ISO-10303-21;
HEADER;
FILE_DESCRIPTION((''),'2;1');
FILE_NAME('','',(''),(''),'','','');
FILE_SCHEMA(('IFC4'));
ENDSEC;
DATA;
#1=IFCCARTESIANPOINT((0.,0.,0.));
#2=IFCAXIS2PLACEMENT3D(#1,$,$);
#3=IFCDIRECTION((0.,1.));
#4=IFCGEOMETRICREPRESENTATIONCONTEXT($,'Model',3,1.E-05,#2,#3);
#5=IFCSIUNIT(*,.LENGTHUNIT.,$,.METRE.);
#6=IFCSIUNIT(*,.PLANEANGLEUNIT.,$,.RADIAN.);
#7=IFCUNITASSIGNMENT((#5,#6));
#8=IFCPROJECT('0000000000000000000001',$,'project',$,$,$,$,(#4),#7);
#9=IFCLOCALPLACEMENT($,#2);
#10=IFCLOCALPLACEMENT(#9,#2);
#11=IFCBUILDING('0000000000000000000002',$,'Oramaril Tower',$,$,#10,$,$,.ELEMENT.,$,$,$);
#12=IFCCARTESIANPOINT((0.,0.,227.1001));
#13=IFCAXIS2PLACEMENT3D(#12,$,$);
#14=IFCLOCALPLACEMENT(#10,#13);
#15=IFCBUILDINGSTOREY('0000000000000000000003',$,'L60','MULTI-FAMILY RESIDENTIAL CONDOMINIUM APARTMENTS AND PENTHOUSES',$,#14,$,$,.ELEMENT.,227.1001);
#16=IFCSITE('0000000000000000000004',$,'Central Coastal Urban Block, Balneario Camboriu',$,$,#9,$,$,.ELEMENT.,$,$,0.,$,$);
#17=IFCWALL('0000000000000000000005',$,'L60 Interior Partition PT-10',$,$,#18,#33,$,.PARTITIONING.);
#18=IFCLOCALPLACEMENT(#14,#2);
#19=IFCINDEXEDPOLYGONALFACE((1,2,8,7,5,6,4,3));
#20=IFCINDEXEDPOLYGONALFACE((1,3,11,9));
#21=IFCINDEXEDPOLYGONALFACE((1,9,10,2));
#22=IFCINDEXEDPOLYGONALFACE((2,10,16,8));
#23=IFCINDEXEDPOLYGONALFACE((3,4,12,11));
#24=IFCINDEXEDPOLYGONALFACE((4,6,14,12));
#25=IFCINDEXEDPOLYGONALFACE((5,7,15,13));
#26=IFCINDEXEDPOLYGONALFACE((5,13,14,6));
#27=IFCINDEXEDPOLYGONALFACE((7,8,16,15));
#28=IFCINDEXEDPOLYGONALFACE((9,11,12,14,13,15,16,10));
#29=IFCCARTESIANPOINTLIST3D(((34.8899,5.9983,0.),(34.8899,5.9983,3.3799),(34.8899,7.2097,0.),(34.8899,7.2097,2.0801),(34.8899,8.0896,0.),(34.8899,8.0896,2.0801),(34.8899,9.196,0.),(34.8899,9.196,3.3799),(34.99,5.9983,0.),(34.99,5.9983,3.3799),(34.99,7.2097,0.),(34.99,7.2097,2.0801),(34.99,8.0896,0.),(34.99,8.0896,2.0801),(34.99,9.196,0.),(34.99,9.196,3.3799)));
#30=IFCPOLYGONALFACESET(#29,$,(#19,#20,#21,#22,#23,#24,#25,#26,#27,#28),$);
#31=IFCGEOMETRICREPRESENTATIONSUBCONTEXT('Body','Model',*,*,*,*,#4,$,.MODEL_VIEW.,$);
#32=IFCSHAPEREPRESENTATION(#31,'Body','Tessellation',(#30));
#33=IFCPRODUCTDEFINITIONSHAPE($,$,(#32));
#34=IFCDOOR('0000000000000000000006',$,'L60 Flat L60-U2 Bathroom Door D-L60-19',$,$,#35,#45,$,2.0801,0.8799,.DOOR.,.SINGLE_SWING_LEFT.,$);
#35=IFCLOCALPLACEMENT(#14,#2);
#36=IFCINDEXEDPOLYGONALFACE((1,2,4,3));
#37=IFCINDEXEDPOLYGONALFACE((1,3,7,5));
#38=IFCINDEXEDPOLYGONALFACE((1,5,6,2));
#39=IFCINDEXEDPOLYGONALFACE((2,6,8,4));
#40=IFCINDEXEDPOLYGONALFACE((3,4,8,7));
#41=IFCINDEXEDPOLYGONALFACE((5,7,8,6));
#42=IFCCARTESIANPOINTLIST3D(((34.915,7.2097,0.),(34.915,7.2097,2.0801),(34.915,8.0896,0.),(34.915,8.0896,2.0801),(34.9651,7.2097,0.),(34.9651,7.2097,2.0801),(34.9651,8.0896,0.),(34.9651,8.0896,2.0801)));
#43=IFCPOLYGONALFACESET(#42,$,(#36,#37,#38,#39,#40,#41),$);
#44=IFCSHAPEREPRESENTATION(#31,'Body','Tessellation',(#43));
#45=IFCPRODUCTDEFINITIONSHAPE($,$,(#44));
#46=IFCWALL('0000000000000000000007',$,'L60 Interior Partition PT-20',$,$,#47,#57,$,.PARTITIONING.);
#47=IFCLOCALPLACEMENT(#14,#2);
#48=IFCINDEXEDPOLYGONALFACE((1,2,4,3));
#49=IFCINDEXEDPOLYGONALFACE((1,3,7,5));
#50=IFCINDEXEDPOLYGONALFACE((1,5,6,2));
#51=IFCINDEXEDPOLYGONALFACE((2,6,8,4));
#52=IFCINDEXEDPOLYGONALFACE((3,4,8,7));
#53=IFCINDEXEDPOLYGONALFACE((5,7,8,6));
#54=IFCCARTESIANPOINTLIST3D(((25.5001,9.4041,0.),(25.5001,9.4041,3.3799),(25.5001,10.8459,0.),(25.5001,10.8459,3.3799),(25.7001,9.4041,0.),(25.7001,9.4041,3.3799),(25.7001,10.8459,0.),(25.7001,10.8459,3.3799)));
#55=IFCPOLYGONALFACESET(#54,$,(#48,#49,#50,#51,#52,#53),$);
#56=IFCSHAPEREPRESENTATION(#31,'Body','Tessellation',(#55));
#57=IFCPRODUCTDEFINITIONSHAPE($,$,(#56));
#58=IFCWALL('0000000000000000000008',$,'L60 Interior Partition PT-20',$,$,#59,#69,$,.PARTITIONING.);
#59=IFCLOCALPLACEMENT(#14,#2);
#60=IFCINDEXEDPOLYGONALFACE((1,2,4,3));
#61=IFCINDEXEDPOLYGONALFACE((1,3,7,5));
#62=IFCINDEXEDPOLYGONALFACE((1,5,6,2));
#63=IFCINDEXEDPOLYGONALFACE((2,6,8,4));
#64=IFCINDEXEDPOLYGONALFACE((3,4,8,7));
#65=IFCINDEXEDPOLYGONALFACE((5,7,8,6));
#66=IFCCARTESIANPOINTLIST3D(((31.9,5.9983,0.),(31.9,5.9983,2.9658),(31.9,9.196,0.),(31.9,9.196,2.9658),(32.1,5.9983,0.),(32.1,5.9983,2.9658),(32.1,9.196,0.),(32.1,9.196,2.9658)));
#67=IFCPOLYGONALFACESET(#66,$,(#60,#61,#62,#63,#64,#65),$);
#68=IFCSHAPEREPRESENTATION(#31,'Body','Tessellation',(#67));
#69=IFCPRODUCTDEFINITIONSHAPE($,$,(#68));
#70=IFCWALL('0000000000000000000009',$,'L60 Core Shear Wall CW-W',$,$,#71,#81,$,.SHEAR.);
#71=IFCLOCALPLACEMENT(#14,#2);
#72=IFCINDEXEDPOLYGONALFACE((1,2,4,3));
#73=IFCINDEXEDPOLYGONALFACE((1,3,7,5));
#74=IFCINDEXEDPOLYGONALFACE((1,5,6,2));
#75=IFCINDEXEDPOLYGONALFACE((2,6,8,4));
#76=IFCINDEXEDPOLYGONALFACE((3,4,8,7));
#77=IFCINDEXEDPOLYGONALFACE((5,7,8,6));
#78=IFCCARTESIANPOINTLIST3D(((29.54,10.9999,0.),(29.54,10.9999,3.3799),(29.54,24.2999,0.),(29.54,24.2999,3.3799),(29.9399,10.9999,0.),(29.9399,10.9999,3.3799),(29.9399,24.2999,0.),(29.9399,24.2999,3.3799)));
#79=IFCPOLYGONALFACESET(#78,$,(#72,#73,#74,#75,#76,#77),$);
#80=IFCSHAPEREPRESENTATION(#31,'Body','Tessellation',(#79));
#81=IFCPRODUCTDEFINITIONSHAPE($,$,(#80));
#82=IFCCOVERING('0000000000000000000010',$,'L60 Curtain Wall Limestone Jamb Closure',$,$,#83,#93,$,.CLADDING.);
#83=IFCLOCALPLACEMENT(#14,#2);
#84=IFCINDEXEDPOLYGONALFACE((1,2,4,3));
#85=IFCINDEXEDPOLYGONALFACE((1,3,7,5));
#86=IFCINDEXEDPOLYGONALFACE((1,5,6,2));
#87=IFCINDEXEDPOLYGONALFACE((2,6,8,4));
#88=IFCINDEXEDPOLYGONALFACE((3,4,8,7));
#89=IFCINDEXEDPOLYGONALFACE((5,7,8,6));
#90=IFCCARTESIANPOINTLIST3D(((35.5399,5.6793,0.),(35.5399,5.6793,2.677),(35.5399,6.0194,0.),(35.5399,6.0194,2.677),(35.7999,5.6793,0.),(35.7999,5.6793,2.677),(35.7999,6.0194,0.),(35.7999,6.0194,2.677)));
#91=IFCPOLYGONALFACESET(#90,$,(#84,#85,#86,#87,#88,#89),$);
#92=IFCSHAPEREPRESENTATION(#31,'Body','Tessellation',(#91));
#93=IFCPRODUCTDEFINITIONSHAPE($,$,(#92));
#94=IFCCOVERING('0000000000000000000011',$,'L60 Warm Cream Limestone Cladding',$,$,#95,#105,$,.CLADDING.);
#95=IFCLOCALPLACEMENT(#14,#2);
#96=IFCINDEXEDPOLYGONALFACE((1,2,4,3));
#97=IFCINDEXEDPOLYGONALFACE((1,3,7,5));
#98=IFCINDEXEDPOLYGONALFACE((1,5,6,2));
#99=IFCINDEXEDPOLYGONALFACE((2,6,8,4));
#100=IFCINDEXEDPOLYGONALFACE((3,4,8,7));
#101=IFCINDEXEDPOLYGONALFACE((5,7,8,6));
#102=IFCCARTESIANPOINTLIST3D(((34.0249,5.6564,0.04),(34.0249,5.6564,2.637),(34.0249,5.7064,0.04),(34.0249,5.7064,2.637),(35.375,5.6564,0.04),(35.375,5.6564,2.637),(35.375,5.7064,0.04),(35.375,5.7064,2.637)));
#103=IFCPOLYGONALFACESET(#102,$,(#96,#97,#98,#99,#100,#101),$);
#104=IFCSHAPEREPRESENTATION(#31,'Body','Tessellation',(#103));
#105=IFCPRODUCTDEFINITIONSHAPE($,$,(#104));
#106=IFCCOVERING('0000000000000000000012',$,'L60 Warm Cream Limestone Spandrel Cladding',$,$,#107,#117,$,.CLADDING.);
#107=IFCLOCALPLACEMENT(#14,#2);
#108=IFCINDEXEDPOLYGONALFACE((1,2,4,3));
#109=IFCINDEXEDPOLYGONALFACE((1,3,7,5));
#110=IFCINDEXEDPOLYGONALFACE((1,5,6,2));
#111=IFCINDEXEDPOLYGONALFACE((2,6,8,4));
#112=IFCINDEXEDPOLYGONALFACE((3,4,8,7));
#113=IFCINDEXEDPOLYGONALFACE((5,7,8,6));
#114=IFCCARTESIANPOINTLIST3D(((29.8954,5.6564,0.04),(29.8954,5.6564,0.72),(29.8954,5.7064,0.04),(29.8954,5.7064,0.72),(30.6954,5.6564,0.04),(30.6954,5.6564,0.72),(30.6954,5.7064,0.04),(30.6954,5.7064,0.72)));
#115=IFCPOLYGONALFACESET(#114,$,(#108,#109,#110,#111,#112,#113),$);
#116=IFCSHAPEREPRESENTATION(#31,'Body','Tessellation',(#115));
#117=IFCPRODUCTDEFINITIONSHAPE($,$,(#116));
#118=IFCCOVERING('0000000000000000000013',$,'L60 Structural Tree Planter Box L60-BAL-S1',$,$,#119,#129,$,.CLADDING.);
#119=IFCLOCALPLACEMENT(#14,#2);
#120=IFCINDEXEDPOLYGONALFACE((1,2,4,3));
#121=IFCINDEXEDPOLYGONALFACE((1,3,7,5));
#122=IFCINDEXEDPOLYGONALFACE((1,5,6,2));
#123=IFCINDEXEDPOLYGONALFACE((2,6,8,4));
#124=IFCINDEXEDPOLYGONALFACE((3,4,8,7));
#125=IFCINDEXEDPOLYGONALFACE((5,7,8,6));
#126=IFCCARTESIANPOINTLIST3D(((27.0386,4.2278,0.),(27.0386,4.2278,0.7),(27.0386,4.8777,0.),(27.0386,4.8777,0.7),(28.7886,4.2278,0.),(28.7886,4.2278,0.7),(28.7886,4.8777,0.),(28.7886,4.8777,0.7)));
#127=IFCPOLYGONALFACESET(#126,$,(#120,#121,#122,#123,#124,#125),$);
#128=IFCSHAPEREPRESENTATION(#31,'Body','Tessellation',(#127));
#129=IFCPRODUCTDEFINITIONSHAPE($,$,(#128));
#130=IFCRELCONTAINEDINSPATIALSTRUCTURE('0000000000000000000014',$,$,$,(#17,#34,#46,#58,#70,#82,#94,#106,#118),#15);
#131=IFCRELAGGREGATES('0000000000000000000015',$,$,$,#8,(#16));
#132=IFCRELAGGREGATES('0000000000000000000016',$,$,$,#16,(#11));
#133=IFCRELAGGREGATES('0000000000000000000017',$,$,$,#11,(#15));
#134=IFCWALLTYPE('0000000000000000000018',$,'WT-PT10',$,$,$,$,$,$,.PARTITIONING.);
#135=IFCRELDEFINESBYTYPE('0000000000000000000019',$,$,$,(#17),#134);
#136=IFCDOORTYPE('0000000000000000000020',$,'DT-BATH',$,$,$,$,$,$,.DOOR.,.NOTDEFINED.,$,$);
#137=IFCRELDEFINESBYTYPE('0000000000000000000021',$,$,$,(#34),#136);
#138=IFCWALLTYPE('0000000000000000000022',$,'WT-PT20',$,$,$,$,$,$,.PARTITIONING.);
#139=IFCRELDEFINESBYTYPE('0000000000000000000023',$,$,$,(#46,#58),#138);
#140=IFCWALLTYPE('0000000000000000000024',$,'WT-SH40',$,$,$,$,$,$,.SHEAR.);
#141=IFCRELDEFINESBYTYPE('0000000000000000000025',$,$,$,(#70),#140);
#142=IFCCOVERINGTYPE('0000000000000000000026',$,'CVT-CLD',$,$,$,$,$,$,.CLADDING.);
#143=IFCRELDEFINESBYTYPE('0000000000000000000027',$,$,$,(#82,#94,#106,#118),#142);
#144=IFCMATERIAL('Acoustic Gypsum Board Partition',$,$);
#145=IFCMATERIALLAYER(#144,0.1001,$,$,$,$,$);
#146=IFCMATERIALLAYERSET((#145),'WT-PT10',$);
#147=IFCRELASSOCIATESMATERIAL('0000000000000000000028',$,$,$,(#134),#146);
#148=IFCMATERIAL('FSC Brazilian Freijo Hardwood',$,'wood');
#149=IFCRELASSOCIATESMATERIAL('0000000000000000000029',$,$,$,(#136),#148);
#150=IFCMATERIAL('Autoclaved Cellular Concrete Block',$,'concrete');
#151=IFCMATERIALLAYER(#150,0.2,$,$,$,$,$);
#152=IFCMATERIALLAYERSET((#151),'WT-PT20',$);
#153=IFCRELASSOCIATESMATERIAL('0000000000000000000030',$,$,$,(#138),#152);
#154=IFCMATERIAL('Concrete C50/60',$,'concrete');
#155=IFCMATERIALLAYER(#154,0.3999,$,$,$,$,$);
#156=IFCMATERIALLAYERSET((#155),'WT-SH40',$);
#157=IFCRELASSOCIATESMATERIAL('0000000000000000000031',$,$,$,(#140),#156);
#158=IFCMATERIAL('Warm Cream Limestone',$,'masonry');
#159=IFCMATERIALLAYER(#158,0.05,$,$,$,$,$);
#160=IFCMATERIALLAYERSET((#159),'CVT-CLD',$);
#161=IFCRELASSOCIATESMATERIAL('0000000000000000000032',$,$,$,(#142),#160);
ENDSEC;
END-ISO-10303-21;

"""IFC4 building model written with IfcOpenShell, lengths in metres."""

from ifc_helpers import new_model, si_unit, direction, frame, frame_2d, origin, origin_2d, place, context, subcontext, project, spatial, rectangle, extrude, material, layer, layer_set, type_object, element, fill, save


model = new_model("IFC4")

# Units and contexts
model_context = context("Model", 3, precision=1e-05, world=origin(), true_north=direction((0.0, 1.0)))
body_context = subcontext(model_context, "Body", "Model", "MODEL_VIEW")
ifc_project = project(units=[si_unit("LENGTHUNIT", "METRE"), si_unit("PLANEANGLEUNIT", "RADIAN")], contexts=[model_context])

# Site, building, storey
site_placement = place(None, origin())
site = spatial("IfcSite", under=ifc_project, at=site_placement, Name="Central Coastal Urban Block, Balneario Camboriu", CompositionType="ELEMENT", RefElevation=0.0)
building_placement = place(site_placement, origin())
building = spatial("IfcBuilding", under=site, at=building_placement, Name="Oramaril Tower", CompositionType="ELEMENT")
storey_placement = place(building_placement, frame((0.0, 0.0, 227.1001)))
storey = spatial("IfcBuildingStorey", under=building, at=storey_placement, Name="L60", Description="MULTI-FAMILY RESIDENTIAL CONDOMINIUM APARTMENTS AND PENTHOUSES", CompositionType="ELEMENT", Elevation=227.1001)

# Wall, opening, door
ifc_material_1 = material(Name="Acoustic Gypsum Board Partition")
ifc_layer_1 = layer(ifc_material_1, 0.1001)
ifc_layer_set_1 = layer_set([ifc_layer_1], Name="WT-PT10")
wall_type_1 = type_object("IfcWallType", Name="WT-PT10", PredefinedType="PARTITIONING", material=ifc_layer_set_1)
wall_1_placement = place(storey_placement, frame((34.9399, 5.9983, 0.0), z_axis=(0.0, 0.0, 1.0), x_axis=(0.0, 1.0, 0.0)))
wall_1 = element("IfcWall", 1, at=wall_1_placement, inside=storey, type_object=wall_type_1, Name="L60 Interior Partition PT-10", PredefinedType="PARTITIONING", context=body_context, shape_type="SweptSolid", body=[
    extrude(rectangle(XDim=3.1978, YDim=0.1001, at=frame_2d((1.5989, 0.0))), origin(), (0.0, 0.0, 1.0), 3.3799),
])
opening_placement = place(wall_1_placement, frame((1.2114, 0.0, 0.0)))
opening = element("IfcOpeningElement", 2, at=opening_placement, cuts=wall_1, PredefinedType="OPENING", context=body_context, shape_type="SweptSolid", body=[
    extrude(rectangle(XDim=0.8799, YDim=2.0801, at=frame_2d((0.4399, 1.04))), frame((0.0, 0.05, 0.0), z_axis=(0.0, -1.0, 0.0), x_axis=(1.0, 0.0, 0.0)), (0.0, 0.0, 1.0), 0.1001),
])
ifc_material_2 = material(Name="FSC Brazilian Freijo Hardwood", Category="wood")
door_type = type_object("IfcDoorType", Name="DT-BATH", OperationType="NOTDEFINED", PredefinedType="DOOR", material=ifc_material_2)
door_placement = place(opening_placement, origin())
door = element("IfcDoor", 3, at=door_placement, inside=storey, type_object=door_type, Name="L60 Flat L60-U2 Bathroom Door D-L60-19", OperationType="SINGLE_SWING_LEFT", OverallHeight=2.0801, OverallWidth=0.8799, PredefinedType="DOOR", context=body_context, shape_type="SweptSolid", body=[
    extrude(rectangle(XDim=0.8799, YDim=2.0801, at=frame_2d((0.4399, 1.04))), frame((0.0, 0.0249, 0.0), z_axis=(0.0, -1.0, 0.0), x_axis=(1.0, 0.0, 0.0)), (0.0, 0.0, 1.0), 0.05),
])
fill(opening, door)

# Walls
ifc_material_3 = material(Name="Autoclaved Cellular Concrete Block", Category="concrete")
ifc_layer_2 = layer(ifc_material_3, 0.2)
ifc_layer_set_2 = layer_set([ifc_layer_2], Name="WT-PT20")
wall_type_2 = type_object("IfcWallType", Name="WT-PT20", PredefinedType="PARTITIONING", material=ifc_layer_set_2)
wall_2_placement = place(storey_placement, frame((25.6001, 9.4041, 0.0), z_axis=(0.0, 0.0, 1.0), x_axis=(0.0, 1.0, 0.0)))
element("IfcWall", 4, at=wall_2_placement, inside=storey, type_object=wall_type_2, Name="L60 Interior Partition PT-20", PredefinedType="PARTITIONING", context=body_context, shape_type="SweptSolid", body=[
    extrude(rectangle(XDim=1.4419, YDim=0.2, at=frame_2d((0.7209, 0.0))), origin(), (0.0, 0.0, 1.0), 3.3799),
])
wall_3_placement = place(storey_placement, frame((32.0, 5.9983, 0.0), z_axis=(0.0, 0.0, 1.0), x_axis=(0.0, 1.0, 0.0)))
element("IfcWall", 5, at=wall_3_placement, inside=storey, type_object=wall_type_2, Name="L60 Interior Partition PT-20", PredefinedType="PARTITIONING", context=body_context, shape_type="SweptSolid", body=[
    extrude(rectangle(XDim=3.1978, YDim=0.2, at=frame_2d((1.5989, 0.0))), origin(), (0.0, 0.0, 1.0), 2.9658),
])
ifc_material_4 = material(Name="Concrete C50/60", Category="concrete")
ifc_layer_3 = layer(ifc_material_4, 0.3999)
ifc_layer_set_3 = layer_set([ifc_layer_3], Name="WT-SH40")
wall_type_3 = type_object("IfcWallType", Name="WT-SH40", PredefinedType="SHEAR", material=ifc_layer_set_3)
wall_4_placement = place(storey_placement, frame((29.74, 11.0, 0.0), z_axis=(0.0, 0.0, 1.0), x_axis=(0.0, 1.0, 0.0)))
element("IfcWall", 6, at=wall_4_placement, inside=storey, type_object=wall_type_3, Name="L60 Core Shear Wall CW-W", PredefinedType="SHEAR", context=body_context, shape_type="SweptSolid", body=[
    extrude(rectangle(XDim=13.3, YDim=0.3999, at=frame_2d((6.6499, 0.0))), origin(), (0.0, 0.0, 1.0), 3.3799),
])

# Coverings
ifc_material_5 = material(Name="Warm Cream Limestone", Category="masonry")
ifc_layer_4 = layer(ifc_material_5, 0.05)
ifc_layer_set_4 = layer_set([ifc_layer_4], Name="CVT-CLD")
covering_type = type_object("IfcCoveringType", Name="CVT-CLD", PredefinedType="CLADDING", material=ifc_layer_set_4)
covering_1_placement = place(storey_placement, frame((35.6699, 5.8494, 0.0), z_axis=(0.0, 0.0, 1.0), x_axis=(1.0, 0.0, 0.0)))
element("IfcCovering", 7, at=covering_1_placement, inside=storey, type_object=covering_type, Name="L60 Curtain Wall Limestone Jamb Closure", PredefinedType="CLADDING", context=body_context, shape_type="SweptSolid", body=[
    extrude(rectangle(XDim=0.26, YDim=0.3401, at=origin_2d()), origin(), (0.0, 0.0, 1.0), 2.677),
])
covering_2_placement = place(storey_placement, frame((34.7, 5.6814, 0.04), z_axis=(0.0, 0.0, 1.0), x_axis=(1.0, 0.0, 0.0)))
element("IfcCovering", 8, at=covering_2_placement, inside=storey, type_object=covering_type, Name="L60 Warm Cream Limestone Cladding", PredefinedType="CLADDING", context=body_context, shape_type="SweptSolid", body=[
    extrude(rectangle(XDim=1.3501, YDim=0.05, at=origin_2d()), origin(), (0.0, 0.0, 1.0), 2.5969),
])
covering_3_placement = place(storey_placement, frame((30.2954, 5.6814, 0.04), z_axis=(0.0, 0.0, 1.0), x_axis=(1.0, 0.0, 0.0)))
element("IfcCovering", 9, at=covering_3_placement, inside=storey, type_object=covering_type, Name="L60 Warm Cream Limestone Spandrel Cladding", PredefinedType="CLADDING", context=body_context, shape_type="SweptSolid", body=[
    extrude(rectangle(XDim=0.8, YDim=0.05, at=origin_2d()), origin(), (0.0, 0.0, 1.0), 0.6799),
])
covering_4_placement = place(storey_placement, frame((27.9136, 4.5527, 0.0), z_axis=(0.0, 0.0, 1.0), x_axis=(1.0, 0.0, 0.0)))
element("IfcCovering", 10, at=covering_4_placement, inside=storey, type_object=covering_type, Name="L60 Structural Tree Planter Box L60-BAL-S1", PredefinedType="CLADDING", context=body_context, shape_type="SweptSolid", body=[
    extrude(rectangle(XDim=1.75, YDim=0.6499, at=origin_2d()), origin(), (0.0, 0.0, 1.0), 0.7),
])

save(model, "model.ifc")
